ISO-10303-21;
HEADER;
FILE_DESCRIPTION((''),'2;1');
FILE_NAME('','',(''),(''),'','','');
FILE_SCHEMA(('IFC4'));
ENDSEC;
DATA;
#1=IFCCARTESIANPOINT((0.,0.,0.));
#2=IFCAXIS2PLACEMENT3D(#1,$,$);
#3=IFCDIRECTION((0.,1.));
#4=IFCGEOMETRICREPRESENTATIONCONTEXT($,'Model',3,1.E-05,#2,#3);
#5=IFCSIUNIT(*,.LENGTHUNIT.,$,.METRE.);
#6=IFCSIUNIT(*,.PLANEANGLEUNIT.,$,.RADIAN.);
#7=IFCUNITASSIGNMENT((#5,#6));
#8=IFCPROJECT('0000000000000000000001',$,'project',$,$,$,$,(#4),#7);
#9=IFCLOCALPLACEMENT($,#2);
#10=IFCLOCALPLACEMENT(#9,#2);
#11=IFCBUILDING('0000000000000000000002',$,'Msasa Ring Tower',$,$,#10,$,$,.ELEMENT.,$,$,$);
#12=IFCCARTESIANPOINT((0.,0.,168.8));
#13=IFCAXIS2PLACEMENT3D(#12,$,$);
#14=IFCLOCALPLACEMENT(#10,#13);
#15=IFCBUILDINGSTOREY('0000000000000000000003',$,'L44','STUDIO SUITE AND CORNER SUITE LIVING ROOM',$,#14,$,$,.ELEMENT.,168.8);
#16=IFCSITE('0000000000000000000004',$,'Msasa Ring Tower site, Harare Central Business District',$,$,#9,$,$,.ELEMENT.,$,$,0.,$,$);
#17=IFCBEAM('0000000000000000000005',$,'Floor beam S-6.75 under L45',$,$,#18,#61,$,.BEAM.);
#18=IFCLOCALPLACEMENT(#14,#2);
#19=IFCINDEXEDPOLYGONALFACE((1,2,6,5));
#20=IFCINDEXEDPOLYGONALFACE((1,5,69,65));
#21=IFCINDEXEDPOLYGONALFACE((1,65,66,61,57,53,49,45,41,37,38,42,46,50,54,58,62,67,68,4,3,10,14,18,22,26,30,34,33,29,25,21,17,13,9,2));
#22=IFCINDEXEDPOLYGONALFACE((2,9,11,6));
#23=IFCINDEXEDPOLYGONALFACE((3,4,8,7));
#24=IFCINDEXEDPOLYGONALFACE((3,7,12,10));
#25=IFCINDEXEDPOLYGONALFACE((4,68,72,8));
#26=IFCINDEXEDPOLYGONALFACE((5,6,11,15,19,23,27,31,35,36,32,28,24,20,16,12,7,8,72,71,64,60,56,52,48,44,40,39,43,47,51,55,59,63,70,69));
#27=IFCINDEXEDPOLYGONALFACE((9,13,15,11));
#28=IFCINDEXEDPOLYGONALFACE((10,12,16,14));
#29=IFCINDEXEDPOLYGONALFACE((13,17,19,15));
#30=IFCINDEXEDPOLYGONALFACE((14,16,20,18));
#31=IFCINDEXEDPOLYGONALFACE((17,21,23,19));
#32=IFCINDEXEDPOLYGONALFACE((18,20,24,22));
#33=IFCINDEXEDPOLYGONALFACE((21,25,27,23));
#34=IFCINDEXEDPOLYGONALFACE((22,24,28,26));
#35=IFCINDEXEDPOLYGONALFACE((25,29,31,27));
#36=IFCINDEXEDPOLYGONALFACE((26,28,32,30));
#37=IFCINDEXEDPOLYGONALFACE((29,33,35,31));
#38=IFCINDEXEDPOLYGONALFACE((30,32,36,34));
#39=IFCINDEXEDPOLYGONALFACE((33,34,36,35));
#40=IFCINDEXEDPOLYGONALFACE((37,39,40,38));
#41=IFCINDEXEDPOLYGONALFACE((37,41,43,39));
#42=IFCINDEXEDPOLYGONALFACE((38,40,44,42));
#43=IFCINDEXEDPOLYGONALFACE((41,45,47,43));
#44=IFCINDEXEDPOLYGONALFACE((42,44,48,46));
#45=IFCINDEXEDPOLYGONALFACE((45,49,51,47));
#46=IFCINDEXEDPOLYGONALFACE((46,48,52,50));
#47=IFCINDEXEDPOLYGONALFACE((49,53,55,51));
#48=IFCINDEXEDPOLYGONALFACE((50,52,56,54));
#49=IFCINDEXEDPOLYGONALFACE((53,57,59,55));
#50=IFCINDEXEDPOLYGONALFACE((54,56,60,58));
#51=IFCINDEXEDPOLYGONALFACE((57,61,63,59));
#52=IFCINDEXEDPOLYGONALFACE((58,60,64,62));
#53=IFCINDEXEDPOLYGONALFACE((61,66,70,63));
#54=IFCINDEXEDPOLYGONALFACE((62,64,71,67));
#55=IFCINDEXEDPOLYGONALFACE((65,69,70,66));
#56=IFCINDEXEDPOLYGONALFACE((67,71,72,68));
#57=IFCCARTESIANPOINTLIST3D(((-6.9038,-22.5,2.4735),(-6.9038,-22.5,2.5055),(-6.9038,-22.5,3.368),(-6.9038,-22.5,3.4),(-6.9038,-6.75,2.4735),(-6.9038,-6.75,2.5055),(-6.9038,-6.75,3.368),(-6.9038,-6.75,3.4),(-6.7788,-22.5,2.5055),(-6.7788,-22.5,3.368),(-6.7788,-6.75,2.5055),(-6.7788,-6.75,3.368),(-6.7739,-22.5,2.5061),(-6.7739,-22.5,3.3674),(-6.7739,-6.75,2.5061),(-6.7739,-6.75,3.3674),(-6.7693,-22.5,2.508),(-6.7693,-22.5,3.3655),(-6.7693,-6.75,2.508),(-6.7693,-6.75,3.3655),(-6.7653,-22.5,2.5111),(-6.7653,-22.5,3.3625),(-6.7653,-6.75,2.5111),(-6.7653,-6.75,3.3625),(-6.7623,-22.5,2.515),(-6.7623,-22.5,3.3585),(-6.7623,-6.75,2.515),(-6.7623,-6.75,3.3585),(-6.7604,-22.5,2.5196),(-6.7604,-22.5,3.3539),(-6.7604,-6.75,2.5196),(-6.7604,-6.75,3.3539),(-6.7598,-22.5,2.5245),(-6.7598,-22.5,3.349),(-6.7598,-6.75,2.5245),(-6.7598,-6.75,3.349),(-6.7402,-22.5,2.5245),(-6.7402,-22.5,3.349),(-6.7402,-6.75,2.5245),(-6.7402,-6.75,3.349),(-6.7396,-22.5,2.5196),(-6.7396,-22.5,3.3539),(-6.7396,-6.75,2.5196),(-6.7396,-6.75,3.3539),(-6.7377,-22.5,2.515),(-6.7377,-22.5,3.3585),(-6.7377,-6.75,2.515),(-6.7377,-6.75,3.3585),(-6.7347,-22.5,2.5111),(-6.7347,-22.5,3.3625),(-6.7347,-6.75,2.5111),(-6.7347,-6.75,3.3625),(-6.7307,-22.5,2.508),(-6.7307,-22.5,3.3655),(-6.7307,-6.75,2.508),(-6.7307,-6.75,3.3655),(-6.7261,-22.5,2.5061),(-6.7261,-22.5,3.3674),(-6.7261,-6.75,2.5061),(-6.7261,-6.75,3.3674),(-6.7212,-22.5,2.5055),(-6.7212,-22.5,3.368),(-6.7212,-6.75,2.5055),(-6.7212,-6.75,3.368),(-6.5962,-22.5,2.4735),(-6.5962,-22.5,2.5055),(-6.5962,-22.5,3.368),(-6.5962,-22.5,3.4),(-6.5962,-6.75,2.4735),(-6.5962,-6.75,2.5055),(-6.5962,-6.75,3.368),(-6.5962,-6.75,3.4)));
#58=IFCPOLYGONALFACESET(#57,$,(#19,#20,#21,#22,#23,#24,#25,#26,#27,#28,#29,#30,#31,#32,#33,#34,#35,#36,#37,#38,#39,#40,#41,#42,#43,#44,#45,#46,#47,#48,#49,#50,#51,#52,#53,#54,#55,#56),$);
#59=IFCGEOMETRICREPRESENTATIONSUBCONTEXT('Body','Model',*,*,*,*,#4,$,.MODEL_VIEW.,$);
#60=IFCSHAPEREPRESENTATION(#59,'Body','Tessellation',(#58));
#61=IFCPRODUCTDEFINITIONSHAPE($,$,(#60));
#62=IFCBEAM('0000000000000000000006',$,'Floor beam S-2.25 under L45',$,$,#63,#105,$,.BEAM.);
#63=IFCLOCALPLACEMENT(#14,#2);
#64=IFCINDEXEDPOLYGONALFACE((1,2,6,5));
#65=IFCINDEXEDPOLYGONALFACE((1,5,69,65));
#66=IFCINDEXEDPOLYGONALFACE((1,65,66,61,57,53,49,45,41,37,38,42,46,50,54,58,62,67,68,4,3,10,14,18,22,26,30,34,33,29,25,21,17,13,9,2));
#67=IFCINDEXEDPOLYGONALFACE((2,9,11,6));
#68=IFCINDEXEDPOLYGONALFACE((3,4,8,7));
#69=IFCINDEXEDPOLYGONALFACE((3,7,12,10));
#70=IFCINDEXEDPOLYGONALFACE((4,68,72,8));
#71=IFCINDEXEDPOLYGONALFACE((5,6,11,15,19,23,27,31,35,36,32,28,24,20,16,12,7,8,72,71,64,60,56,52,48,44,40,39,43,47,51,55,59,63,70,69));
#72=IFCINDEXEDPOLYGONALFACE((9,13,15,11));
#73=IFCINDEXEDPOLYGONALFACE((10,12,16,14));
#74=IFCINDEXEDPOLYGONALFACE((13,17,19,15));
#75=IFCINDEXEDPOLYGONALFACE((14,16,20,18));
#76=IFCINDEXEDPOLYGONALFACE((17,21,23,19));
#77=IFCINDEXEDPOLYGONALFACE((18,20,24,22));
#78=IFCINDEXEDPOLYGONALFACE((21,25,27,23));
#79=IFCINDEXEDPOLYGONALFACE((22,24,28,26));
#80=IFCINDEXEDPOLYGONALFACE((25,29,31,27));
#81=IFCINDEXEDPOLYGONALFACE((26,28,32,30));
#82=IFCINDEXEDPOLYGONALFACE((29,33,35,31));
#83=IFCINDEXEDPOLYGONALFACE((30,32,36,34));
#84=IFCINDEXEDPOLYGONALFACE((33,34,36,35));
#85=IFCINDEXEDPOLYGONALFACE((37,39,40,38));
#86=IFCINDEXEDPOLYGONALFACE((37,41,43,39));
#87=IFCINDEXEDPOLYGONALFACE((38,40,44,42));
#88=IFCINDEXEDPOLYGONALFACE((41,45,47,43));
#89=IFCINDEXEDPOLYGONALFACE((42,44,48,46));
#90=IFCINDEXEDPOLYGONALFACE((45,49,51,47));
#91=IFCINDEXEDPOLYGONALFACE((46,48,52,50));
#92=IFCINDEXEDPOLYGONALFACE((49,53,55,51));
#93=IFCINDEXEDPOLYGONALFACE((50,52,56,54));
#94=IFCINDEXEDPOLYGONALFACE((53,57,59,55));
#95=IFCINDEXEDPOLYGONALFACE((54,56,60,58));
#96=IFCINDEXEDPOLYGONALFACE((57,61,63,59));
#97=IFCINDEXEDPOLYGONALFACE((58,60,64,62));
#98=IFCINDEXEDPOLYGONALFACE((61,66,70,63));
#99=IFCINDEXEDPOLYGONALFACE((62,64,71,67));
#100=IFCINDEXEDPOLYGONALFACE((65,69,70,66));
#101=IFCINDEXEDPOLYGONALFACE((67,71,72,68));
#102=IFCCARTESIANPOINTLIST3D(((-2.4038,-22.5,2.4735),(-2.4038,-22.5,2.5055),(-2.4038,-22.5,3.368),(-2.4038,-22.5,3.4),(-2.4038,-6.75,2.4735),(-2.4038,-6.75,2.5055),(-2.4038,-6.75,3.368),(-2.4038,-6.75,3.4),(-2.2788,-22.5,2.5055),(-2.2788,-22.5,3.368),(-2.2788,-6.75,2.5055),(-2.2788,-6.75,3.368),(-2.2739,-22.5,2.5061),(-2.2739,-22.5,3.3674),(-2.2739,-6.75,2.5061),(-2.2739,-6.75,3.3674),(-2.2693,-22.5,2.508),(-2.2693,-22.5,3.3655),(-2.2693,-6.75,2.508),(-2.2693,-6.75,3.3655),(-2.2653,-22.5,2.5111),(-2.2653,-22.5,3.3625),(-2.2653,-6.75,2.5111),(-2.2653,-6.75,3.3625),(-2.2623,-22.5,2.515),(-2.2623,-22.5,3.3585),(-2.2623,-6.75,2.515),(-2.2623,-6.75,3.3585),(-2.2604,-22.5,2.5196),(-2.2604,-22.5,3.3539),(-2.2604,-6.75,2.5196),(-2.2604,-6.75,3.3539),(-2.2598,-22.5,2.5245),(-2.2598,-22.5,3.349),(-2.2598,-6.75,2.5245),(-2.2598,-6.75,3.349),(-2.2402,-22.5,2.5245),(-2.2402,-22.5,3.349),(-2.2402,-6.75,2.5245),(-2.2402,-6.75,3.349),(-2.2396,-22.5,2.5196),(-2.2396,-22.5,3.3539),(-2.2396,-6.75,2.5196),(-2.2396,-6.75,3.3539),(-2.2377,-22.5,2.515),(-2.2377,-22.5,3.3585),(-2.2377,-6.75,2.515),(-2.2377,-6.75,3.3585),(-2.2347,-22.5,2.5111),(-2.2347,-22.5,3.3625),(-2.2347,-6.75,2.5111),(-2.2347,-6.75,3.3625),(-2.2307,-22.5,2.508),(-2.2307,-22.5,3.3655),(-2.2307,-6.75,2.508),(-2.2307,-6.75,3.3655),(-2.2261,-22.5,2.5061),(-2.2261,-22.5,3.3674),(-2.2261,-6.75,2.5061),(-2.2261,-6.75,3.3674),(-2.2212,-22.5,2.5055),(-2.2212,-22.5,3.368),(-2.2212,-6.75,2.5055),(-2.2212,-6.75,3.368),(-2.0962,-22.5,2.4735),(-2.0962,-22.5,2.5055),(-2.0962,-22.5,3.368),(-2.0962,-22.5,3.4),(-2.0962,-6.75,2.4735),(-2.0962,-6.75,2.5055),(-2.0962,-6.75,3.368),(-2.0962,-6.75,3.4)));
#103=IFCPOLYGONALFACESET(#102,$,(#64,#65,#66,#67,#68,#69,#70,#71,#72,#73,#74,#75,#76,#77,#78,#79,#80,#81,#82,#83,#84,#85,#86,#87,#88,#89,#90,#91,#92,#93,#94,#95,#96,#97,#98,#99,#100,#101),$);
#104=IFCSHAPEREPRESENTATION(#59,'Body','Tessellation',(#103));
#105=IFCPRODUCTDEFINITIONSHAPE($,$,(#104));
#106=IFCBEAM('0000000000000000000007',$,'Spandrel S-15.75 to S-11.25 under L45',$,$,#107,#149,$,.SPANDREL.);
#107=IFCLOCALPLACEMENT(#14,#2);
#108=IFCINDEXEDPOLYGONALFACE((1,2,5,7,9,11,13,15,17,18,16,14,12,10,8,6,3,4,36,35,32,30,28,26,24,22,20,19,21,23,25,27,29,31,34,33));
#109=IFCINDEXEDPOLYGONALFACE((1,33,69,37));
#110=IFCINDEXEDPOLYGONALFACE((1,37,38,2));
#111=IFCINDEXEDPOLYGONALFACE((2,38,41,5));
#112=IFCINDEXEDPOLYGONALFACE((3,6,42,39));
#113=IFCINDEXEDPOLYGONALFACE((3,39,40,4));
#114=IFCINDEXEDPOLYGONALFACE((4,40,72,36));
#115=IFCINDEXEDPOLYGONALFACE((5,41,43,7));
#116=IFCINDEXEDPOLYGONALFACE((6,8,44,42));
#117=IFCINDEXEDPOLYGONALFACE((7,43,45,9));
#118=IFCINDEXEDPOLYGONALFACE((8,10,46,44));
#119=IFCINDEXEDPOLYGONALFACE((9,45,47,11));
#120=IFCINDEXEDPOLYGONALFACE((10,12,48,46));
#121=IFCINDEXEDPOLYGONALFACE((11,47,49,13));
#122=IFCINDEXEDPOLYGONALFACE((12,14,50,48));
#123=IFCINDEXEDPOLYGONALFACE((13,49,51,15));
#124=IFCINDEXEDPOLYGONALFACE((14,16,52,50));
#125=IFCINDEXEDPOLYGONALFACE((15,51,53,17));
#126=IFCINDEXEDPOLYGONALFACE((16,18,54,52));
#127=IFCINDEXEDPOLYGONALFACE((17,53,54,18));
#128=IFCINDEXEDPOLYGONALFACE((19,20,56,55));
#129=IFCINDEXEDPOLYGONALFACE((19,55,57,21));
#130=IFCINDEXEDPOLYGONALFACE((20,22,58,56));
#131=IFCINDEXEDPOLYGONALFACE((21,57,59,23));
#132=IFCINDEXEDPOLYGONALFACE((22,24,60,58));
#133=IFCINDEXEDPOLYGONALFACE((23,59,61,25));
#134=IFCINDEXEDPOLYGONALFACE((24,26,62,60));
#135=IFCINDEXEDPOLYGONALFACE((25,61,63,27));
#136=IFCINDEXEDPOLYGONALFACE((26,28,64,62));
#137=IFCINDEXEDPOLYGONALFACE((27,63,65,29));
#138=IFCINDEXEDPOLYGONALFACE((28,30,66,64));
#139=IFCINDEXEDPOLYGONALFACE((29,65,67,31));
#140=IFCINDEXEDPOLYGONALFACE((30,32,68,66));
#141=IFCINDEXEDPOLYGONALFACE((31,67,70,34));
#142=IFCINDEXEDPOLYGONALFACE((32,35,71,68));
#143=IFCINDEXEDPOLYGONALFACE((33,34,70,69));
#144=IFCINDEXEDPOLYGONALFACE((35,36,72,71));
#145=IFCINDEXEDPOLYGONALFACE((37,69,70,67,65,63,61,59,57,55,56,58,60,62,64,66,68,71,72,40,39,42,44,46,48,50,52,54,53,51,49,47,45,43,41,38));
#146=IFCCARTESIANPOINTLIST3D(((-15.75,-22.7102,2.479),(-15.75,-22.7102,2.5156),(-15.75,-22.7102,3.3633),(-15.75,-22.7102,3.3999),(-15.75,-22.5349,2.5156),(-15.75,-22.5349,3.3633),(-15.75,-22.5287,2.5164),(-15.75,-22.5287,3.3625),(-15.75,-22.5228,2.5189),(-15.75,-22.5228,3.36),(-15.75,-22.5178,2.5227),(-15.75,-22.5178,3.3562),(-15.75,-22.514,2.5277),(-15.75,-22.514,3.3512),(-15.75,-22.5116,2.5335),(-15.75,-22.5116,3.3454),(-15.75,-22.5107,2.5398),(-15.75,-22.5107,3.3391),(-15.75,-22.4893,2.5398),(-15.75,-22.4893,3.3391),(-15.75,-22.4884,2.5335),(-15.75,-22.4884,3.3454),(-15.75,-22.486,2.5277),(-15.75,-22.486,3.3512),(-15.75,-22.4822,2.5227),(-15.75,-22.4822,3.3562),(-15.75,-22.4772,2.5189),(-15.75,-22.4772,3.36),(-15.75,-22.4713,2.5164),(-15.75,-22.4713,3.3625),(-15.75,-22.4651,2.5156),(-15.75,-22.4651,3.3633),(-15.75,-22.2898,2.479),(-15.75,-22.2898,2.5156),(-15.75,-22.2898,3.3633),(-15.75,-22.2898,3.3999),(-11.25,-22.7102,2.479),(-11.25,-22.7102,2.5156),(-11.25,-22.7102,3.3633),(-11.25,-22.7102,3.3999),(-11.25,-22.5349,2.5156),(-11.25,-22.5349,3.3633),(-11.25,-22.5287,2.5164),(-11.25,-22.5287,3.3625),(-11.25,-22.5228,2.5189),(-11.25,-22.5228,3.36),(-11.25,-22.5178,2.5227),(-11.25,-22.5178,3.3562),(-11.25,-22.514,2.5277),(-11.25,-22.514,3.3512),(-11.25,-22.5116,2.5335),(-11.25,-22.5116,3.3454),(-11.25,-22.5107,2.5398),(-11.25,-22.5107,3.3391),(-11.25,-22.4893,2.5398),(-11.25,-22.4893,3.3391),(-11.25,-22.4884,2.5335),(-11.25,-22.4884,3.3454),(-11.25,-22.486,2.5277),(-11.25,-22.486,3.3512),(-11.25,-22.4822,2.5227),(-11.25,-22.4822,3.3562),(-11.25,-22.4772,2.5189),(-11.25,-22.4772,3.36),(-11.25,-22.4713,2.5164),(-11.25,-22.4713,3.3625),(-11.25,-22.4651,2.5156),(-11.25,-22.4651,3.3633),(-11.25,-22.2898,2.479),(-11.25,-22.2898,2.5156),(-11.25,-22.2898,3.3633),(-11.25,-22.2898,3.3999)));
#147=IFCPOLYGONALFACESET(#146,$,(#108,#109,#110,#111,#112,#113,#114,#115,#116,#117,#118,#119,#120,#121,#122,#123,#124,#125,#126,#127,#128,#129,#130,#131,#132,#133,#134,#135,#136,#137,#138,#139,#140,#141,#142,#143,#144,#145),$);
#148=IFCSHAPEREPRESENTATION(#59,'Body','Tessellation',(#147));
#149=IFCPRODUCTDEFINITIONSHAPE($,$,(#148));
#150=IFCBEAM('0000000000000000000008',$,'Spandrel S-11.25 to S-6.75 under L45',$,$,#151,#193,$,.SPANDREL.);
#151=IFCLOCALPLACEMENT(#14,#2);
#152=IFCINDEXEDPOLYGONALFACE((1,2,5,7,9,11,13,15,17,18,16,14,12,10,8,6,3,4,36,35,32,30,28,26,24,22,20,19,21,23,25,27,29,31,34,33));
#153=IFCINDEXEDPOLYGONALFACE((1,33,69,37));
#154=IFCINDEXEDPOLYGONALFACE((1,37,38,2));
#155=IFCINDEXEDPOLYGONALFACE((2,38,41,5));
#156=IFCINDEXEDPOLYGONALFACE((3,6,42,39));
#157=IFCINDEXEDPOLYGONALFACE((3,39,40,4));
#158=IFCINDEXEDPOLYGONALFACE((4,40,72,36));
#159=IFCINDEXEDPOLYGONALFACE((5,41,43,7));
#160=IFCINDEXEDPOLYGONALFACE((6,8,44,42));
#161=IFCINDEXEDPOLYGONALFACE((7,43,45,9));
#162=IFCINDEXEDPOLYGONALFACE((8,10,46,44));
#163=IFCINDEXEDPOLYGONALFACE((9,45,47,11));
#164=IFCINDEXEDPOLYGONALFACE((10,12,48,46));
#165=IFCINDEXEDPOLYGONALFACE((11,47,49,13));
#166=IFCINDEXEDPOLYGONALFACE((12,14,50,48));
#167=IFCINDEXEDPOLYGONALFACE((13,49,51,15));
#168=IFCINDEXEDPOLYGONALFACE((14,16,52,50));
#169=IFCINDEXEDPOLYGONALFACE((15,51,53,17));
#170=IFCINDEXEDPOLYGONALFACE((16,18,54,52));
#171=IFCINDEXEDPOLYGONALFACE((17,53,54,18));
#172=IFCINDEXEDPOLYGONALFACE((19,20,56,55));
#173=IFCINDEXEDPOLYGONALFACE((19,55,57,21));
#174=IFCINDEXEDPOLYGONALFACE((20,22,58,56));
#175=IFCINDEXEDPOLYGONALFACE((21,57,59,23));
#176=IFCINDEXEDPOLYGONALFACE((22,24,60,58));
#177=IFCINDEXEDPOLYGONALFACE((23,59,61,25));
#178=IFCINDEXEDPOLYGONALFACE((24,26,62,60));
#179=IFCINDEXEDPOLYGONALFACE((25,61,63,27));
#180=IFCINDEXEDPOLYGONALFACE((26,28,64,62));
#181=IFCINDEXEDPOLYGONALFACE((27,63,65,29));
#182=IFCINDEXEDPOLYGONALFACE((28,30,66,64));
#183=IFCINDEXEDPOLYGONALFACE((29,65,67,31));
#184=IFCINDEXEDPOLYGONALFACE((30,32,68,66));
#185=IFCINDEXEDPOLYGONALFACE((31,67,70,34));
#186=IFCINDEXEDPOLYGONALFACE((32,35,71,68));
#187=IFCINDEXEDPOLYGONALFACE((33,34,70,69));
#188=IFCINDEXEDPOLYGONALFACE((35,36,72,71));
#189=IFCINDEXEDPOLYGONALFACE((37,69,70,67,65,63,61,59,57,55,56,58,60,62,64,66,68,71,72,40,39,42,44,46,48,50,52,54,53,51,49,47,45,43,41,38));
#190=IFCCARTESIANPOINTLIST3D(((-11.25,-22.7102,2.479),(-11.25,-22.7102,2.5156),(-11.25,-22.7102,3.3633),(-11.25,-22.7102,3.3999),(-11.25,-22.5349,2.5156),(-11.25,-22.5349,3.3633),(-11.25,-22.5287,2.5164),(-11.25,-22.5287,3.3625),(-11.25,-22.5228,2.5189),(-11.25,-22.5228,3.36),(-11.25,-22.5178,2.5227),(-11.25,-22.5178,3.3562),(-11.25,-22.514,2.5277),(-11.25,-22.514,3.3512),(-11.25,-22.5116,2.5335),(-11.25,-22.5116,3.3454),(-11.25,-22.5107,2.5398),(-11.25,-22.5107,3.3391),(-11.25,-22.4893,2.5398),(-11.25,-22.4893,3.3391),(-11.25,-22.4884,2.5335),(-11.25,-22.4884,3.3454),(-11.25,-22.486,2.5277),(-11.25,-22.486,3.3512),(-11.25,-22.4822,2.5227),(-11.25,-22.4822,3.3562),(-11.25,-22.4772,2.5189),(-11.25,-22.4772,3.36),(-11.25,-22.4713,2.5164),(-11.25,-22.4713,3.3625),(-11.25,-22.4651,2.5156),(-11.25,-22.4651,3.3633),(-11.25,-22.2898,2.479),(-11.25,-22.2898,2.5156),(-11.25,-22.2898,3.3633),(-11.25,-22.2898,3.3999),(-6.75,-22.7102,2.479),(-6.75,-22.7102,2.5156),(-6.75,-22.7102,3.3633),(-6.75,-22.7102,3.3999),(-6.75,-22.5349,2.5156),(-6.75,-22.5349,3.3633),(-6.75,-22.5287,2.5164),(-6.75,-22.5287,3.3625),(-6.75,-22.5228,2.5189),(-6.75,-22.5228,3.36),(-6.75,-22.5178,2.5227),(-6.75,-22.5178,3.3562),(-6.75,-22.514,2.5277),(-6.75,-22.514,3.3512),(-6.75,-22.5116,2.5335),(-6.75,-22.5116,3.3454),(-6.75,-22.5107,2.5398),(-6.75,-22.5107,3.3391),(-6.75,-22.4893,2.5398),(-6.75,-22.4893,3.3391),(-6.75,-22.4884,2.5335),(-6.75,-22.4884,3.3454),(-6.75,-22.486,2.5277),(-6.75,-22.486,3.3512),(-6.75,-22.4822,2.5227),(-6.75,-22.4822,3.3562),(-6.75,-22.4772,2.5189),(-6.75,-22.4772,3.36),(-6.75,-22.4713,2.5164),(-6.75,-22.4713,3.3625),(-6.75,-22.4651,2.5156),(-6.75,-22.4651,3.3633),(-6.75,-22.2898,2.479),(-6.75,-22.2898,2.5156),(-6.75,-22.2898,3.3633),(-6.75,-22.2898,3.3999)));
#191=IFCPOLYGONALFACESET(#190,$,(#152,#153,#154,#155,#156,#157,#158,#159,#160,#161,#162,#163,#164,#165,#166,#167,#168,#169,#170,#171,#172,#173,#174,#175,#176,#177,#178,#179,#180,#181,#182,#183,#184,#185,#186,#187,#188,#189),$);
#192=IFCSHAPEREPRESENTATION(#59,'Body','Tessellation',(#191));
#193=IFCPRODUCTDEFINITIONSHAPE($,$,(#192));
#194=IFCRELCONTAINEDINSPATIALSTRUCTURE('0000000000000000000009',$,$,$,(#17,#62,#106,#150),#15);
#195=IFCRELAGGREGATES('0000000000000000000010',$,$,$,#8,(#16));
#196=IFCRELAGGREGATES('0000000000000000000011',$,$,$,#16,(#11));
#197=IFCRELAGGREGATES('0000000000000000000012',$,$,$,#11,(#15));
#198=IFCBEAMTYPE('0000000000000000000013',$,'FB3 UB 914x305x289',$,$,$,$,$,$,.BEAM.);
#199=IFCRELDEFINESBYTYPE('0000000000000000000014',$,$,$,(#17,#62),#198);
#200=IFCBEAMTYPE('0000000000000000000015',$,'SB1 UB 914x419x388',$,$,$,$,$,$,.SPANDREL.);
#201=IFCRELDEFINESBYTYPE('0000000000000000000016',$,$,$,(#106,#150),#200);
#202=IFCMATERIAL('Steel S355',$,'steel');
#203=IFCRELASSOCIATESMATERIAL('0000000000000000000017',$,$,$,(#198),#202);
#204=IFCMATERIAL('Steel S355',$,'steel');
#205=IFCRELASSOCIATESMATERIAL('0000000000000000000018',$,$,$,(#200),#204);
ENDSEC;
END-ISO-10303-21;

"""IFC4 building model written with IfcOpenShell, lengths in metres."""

from ifc_helpers import new_model, si_unit, direction, frame, origin, origin_2d, place, context, subcontext, project, spatial, i_section, extrude, material, material_profile, profile_set, type_object, element, save


model = new_model("IFC4")

# Units and contexts
model_context = context("Model", 3, precision=1e-05, world=origin(), true_north=direction((0.0, 1.0)))
body_context = subcontext(model_context, "Body", "Model", "MODEL_VIEW")
ifc_project = project(units=[si_unit("LENGTHUNIT", "METRE"), si_unit("PLANEANGLEUNIT", "RADIAN")], contexts=[model_context])

# Site, building, storey
site_placement = place(None, origin())
site = spatial("IfcSite", under=ifc_project, at=site_placement, Name="Msasa Ring Tower site, Harare Central Business District", CompositionType="ELEMENT", RefElevation=0.0)
building_placement = place(site_placement, origin())
building = spatial("IfcBuilding", under=site, at=building_placement, Name="Msasa Ring Tower", CompositionType="ELEMENT")
storey_placement = place(building_placement, frame((0.0, 0.0, 168.8)))
storey = spatial("IfcBuildingStorey", under=building, at=storey_placement, Name="L44", Description="STUDIO SUITE AND CORNER SUITE LIVING ROOM", CompositionType="ELEMENT", Elevation=168.8)

# Beams
ifc_material_1 = material(Name="Steel S355", Category="steel")
ifc_material_profile_1 = material_profile(ifc_material_1, i_section(OverallWidth=0.3076, OverallDepth=0.9265, WebThickness=0.0195, FlangeThickness=0.032, FilletRadius=0.019, at=origin_2d()), Name="UB 914x305x289")
ifc_profile_set_1 = profile_set([ifc_material_profile_1], Name="Steel S355")
beam_type_1 = type_object("IfcBeamType", Name="FB3 UB 914x305x289", PredefinedType="BEAM", material=ifc_profile_set_1)
for number, where, z_axis, x_axis, name in (
    (1, (-6.75, -22.5, 2.9368), (0.0, 1.0, 0.0), (-1.0, 0.0, 0.0), "Floor beam S-6.75 under L45"),
    (2, (-2.25, -22.5, 2.9368), (0.0, 1.0, 0.0), (-1.0, 0.0, 0.0), "Floor beam S-2.25 under L45"),
):
    element("IfcBeam", number, at=place(storey_placement, frame(where, z_axis=z_axis, x_axis=x_axis)), inside=storey, type_object=beam_type_1, Name=name, PredefinedType="BEAM", context=body_context, shape_type="SweptSolid", body=[
        extrude(i_section(OverallWidth=0.3076, OverallDepth=0.9265, WebThickness=0.0195, FlangeThickness=0.032, FilletRadius=0.019, at=origin_2d()), origin(), (0.0, 0.0, 1.0), 15.75),
    ])
ifc_material_2 = material(Name="Steel S355", Category="steel")
ifc_material_profile_2 = material_profile(ifc_material_2, i_section(OverallWidth=0.4204, OverallDepth=0.9209, WebThickness=0.0215, FlangeThickness=0.0366, FilletRadius=0.0242, at=origin_2d()), Name="UB 914x419x388")
ifc_profile_set_2 = profile_set([ifc_material_profile_2], Name="Steel S355")
beam_type_2 = type_object("IfcBeamType", Name="SB1 UB 914x419x388", PredefinedType="SPANDREL", material=ifc_profile_set_2)
for number, where, z_axis, x_axis, name in (
    (3, (-15.75, -22.5, 2.9395), (1.0, 0.0, 0.0), (0.0, 1.0, 0.0), "Spandrel S-15.75 to S-11.25 under L45"),
    (4, (-11.25, -22.5, 2.9395), (1.0, 0.0, 0.0), (0.0, 1.0, 0.0), "Spandrel S-11.25 to S-6.75 under L45"),
):
    element("IfcBeam", number, at=place(storey_placement, frame(where, z_axis=z_axis, x_axis=x_axis)), inside=storey, type_object=beam_type_2, Name=name, PredefinedType="SPANDREL", context=body_context, shape_type="SweptSolid", body=[
        extrude(i_section(OverallWidth=0.4204, OverallDepth=0.9209, WebThickness=0.0215, FlangeThickness=0.0366, FilletRadius=0.0242, at=origin_2d()), origin(), (0.0, 0.0, 1.0), 4.5),
    ])

save(model, "model.ifc")
